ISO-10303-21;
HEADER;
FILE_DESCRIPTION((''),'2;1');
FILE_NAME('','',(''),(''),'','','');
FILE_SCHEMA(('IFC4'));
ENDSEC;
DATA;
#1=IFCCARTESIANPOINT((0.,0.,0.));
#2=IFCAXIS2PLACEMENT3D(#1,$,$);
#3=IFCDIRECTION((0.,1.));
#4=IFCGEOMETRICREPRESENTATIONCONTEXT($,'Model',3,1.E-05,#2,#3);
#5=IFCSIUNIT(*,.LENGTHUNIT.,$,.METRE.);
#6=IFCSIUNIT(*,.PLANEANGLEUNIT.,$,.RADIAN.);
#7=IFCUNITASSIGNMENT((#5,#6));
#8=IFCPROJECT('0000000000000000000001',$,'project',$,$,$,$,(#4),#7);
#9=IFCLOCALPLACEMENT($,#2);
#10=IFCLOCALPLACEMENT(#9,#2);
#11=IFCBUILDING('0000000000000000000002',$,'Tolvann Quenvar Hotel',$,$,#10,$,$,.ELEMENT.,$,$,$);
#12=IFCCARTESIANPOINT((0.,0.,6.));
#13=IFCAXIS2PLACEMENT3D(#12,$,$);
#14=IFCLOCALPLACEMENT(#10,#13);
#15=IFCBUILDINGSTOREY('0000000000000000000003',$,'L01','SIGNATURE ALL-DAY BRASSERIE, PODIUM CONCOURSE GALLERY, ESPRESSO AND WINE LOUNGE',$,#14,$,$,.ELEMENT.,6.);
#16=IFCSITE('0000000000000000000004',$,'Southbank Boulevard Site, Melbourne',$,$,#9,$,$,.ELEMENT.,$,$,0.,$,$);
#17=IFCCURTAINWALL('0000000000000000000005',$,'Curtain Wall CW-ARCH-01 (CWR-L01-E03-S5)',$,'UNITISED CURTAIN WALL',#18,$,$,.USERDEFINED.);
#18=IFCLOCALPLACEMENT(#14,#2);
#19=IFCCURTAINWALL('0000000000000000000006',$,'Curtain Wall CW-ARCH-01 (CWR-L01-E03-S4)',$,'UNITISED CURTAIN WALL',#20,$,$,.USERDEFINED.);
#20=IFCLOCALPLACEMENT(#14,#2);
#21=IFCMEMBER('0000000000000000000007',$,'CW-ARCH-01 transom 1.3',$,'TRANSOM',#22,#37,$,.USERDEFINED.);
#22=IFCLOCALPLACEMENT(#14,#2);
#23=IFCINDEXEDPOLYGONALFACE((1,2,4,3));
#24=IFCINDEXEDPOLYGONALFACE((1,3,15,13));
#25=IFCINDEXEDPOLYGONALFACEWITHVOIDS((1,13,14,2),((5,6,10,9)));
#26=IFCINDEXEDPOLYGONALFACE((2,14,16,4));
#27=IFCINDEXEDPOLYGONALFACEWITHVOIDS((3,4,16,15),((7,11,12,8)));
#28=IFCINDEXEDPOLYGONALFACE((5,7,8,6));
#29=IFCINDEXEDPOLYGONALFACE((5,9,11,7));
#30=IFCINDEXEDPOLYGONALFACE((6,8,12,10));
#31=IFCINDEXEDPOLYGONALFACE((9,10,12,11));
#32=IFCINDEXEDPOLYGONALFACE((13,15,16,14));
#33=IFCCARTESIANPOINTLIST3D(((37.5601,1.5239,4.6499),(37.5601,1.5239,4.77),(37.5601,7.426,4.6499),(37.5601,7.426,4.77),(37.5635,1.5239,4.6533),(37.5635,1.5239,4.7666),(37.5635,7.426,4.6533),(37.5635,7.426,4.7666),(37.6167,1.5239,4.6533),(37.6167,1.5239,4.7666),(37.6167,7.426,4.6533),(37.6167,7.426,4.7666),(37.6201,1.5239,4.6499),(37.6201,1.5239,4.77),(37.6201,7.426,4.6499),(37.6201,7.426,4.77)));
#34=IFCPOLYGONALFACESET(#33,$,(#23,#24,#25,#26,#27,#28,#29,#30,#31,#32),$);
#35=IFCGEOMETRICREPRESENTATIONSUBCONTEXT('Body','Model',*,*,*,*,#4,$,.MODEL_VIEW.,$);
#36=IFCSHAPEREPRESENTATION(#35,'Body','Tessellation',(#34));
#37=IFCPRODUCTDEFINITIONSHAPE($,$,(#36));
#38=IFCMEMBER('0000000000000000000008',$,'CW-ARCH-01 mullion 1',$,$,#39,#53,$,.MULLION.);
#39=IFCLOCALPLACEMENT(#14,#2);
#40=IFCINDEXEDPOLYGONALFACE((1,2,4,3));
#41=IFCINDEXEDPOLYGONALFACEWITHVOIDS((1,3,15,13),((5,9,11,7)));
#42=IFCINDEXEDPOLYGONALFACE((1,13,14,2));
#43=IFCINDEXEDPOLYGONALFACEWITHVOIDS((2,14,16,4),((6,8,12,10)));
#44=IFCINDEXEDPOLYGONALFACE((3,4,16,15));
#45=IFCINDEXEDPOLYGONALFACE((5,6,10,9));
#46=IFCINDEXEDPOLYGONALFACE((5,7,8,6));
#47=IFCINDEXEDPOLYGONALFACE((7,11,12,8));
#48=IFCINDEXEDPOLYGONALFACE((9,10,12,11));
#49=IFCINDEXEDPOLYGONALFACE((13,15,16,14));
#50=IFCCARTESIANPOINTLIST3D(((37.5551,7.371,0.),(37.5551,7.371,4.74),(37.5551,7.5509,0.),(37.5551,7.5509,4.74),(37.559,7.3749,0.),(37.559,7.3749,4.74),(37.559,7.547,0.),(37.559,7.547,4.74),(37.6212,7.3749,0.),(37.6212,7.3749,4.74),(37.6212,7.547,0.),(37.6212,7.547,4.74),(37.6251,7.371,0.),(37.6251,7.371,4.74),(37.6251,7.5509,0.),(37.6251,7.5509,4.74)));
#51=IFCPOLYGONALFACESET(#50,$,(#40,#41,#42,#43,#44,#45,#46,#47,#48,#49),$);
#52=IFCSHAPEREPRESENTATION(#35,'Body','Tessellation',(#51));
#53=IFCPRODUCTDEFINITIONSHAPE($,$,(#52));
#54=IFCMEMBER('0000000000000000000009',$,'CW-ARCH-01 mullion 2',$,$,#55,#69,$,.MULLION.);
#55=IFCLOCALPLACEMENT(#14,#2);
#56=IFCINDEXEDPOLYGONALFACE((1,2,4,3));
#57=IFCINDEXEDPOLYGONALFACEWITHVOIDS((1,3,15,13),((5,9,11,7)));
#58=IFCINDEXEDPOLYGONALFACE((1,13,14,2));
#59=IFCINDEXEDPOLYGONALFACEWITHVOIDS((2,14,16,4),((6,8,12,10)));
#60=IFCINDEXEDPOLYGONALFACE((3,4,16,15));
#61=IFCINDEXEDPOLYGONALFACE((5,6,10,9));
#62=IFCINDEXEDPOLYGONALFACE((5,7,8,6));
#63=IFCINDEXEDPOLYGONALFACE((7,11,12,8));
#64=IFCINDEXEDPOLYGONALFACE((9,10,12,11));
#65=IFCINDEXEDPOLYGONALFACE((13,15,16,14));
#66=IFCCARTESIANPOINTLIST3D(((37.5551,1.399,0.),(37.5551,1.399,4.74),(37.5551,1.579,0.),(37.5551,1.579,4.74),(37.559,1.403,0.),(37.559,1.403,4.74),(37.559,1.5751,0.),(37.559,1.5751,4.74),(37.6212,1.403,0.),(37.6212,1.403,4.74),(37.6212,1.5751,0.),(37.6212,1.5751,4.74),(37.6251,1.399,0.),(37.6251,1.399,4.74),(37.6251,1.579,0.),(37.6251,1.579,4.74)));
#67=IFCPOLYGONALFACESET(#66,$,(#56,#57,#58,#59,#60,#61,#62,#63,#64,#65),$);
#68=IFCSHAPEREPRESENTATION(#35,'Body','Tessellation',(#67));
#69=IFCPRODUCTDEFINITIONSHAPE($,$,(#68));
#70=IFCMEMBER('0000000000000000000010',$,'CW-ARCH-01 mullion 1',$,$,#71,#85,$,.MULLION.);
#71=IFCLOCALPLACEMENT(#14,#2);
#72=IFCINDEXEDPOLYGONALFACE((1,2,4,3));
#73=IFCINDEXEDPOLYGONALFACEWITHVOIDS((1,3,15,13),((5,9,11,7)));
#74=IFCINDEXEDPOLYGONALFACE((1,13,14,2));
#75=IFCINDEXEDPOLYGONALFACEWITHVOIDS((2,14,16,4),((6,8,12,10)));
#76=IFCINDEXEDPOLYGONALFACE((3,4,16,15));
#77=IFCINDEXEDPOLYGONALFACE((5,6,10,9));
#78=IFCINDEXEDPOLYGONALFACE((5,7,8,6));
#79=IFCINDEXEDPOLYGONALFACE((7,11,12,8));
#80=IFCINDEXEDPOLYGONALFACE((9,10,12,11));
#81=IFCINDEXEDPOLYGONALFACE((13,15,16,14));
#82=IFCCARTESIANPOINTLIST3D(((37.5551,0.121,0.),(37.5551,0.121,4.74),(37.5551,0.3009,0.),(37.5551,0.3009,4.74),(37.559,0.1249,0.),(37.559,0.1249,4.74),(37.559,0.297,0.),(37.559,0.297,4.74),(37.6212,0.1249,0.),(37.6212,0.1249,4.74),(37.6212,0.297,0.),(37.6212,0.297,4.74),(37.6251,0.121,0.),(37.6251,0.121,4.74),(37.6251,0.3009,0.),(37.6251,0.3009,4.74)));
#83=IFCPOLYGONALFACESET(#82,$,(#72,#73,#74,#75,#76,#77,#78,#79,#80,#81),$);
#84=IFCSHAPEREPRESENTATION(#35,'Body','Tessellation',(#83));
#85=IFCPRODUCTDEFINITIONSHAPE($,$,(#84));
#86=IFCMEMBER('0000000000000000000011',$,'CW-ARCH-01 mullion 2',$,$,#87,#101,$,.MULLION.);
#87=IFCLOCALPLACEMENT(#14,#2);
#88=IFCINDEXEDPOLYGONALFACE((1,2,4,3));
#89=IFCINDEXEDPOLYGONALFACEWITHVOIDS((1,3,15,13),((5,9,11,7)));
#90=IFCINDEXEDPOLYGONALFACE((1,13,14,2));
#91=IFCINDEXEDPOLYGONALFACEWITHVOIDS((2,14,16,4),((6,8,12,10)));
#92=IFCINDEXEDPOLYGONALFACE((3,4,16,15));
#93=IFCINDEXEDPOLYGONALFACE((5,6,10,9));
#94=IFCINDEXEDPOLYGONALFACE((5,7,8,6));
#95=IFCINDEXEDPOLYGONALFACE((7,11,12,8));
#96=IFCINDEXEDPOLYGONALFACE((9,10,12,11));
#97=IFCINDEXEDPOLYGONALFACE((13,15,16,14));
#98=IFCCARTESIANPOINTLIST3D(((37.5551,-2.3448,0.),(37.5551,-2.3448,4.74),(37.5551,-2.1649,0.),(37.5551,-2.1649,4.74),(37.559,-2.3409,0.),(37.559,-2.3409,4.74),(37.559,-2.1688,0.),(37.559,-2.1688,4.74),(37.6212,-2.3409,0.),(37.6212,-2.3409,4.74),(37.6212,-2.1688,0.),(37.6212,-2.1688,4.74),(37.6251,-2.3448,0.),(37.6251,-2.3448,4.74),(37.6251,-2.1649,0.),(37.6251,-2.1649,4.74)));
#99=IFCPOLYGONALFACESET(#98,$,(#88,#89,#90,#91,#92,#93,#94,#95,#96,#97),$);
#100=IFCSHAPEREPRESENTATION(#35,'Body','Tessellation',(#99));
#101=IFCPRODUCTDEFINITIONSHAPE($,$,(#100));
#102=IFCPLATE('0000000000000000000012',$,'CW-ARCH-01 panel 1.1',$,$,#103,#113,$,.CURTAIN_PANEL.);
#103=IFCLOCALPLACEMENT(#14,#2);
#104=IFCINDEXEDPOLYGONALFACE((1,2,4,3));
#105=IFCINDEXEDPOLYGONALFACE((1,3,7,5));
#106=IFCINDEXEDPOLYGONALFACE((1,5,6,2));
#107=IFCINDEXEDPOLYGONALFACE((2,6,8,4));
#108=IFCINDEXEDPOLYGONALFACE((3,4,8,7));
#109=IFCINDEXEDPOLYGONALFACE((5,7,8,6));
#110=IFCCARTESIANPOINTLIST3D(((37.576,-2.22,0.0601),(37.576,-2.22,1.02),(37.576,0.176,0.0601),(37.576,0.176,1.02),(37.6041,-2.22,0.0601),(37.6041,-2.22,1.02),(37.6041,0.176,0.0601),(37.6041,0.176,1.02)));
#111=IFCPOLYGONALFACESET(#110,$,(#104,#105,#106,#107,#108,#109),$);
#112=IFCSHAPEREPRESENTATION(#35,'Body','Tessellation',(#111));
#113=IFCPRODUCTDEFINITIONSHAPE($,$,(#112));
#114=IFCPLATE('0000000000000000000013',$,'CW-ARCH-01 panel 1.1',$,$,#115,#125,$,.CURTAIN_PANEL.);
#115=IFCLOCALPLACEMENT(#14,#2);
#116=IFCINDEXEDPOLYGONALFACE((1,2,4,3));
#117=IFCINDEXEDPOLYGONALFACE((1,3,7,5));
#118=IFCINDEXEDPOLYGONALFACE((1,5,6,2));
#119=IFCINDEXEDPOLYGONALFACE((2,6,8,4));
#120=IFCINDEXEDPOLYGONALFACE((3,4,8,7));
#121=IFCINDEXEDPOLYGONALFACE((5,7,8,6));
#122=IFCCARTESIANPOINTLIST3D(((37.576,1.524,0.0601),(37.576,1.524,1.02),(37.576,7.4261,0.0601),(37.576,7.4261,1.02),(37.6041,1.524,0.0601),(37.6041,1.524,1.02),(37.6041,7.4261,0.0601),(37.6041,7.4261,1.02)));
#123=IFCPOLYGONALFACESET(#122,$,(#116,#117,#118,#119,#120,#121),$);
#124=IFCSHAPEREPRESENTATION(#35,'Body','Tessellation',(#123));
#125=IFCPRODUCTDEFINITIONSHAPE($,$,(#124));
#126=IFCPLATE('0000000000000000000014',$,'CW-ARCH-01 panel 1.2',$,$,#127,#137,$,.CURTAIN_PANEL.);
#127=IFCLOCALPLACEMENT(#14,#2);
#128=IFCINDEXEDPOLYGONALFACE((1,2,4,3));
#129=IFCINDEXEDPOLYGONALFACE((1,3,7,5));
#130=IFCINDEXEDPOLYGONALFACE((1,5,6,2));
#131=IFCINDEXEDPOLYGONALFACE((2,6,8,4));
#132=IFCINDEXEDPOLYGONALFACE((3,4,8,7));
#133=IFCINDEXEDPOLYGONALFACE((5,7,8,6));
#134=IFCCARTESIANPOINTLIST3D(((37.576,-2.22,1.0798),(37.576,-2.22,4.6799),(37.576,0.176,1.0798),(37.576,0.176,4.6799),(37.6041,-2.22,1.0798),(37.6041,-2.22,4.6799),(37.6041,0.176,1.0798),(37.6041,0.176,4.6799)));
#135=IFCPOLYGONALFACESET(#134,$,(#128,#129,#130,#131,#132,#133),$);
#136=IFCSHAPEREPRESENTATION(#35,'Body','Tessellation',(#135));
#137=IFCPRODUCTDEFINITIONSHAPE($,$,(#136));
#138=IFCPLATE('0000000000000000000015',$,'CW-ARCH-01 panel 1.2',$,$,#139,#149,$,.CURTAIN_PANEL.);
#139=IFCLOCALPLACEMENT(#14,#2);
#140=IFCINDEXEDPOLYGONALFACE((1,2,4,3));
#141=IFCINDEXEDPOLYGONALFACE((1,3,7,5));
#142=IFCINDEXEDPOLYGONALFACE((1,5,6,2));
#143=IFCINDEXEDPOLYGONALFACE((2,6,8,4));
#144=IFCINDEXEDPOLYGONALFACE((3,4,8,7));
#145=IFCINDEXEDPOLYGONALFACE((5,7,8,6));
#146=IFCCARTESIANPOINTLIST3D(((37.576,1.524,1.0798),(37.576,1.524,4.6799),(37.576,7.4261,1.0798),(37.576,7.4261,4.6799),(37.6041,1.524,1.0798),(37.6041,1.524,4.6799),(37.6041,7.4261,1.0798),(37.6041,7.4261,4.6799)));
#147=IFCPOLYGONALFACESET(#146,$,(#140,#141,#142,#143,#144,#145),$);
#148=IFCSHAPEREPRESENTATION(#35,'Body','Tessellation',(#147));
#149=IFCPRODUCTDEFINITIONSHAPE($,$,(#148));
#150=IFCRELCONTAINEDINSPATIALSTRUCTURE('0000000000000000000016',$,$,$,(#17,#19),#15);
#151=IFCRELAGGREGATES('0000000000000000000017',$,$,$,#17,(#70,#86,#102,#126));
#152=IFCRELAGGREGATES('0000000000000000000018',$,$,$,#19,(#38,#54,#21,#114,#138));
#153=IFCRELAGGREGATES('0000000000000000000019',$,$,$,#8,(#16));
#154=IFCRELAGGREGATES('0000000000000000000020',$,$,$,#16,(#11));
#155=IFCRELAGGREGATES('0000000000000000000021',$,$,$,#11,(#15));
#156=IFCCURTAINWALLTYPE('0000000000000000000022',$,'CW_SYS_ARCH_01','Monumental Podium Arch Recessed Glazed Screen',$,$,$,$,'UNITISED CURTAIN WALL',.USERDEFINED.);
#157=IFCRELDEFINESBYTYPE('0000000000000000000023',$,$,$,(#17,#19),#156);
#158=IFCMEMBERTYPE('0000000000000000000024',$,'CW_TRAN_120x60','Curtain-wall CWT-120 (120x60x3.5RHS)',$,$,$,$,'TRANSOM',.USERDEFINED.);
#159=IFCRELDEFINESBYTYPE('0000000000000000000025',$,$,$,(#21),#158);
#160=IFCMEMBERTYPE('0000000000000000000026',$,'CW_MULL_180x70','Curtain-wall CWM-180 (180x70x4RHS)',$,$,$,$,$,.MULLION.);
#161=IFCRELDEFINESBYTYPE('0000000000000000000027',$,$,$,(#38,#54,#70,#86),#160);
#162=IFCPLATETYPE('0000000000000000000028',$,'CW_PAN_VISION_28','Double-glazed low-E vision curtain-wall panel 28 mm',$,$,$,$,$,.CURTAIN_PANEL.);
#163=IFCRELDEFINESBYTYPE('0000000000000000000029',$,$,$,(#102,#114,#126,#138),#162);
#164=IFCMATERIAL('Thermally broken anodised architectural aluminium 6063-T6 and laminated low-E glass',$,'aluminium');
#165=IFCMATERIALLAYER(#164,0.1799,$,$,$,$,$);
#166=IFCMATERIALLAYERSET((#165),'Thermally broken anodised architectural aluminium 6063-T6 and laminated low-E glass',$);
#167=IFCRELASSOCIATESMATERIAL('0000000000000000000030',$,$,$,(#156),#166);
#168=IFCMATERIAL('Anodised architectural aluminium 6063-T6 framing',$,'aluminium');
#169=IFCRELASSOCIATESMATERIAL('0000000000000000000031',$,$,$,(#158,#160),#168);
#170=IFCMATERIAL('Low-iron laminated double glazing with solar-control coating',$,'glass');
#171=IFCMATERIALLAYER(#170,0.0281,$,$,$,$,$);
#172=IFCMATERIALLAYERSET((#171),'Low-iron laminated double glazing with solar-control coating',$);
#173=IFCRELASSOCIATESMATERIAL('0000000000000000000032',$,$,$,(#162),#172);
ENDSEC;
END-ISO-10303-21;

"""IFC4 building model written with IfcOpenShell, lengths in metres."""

from ifc_helpers import new_model, si_unit, direction, frame, origin, origin_2d, place, context, subcontext, project, spatial, rectangle, hollow_rectangle, extrude, source, transform, mapped, material, layer, layer_set, material_profile, profile_set, type_object, type_shapes, element, aggregate, save


model = new_model("IFC4")

# Units and contexts
model_context = context("Model", 3, precision=1e-05, world=origin(), true_north=direction((0.0, 1.0)))
body_context = subcontext(model_context, "Body", "Model", "MODEL_VIEW")
ifc_project = project(units=[si_unit("LENGTHUNIT", "METRE"), si_unit("PLANEANGLEUNIT", "RADIAN")], contexts=[model_context])

# Site, building, storey
site_placement = place(None, origin())
site = spatial("IfcSite", under=ifc_project, at=site_placement, Name="Southbank Boulevard Site, Melbourne", CompositionType="ELEMENT", RefElevation=0.0)
building_placement = place(site_placement, origin())
building = spatial("IfcBuilding", under=site, at=building_placement, Name="Tolvann Quenvar Hotel", CompositionType="ELEMENT")
storey_placement = place(building_placement, frame((0.0, 0.0, 6.0)))
storey = spatial("IfcBuildingStorey", under=building, at=storey_placement, Name="L01", Description="SIGNATURE ALL-DAY BRASSERIE, PODIUM CONCOURSE GALLERY, ESPRESSO AND WINE LOUNGE", CompositionType="ELEMENT", Elevation=6.0)

# Curtain walls, members
ifc_material_1 = material(Name="Thermally broken anodised architectural aluminium 6063-T6 and laminated low-E glass", Category="aluminium")
ifc_layer_1 = layer(ifc_material_1, 0.1799)
ifc_layer_set_1 = layer_set([ifc_layer_1], Name="Thermally broken anodised architectural aluminium 6063-T6 and laminated low-E glass")
curtain_wall_type = type_object("IfcCurtainWallType", Name="CW_SYS_ARCH_01", Description="Monumental Podium Arch Recessed Glazed Screen", ElementType="UNITISED CURTAIN WALL", PredefinedType="USERDEFINED", material=ifc_layer_set_1)
curtain_wall_1_placement = place(storey_placement, origin())
curtain_wall_1 = element("IfcCurtainWall", 1, at=curtain_wall_1_placement, inside=storey, type_object=curtain_wall_type, Name="Curtain Wall CW-ARCH-01 (CWR-L01-E03-S5)", ObjectType="UNITISED CURTAIN WALL", PredefinedType="USERDEFINED")
ifc_material_2 = material(Name="Anodised architectural aluminium 6063-T6 framing", Category="aluminium")
ifc_material_profile_1 = material_profile(ifc_material_2, hollow_rectangle(XDim=0.0601, YDim=0.1201, WallThickness=0.0034, at=origin_2d()), Name="120x60x3.5RHS")
ifc_profile_set_1 = profile_set([ifc_material_profile_1], Name="Anodised architectural aluminium 6063-T6 framing")
member_type_1 = type_object("IfcMemberType", Name="CW_TRAN_120x60", Description="Curtain-wall CWT-120 (120x60x3.5RHS)", ElementType="TRANSOM", PredefinedType="USERDEFINED", material=ifc_profile_set_1)
curtain_wall_2_placement = place(storey_placement, origin())
curtain_wall_2 = element("IfcCurtainWall", 2, at=curtain_wall_2_placement, inside=storey, type_object=curtain_wall_type, Name="Curtain Wall CW-ARCH-01 (CWR-L01-E03-S4)", ObjectType="UNITISED CURTAIN WALL", PredefinedType="USERDEFINED")
shared_shape_1 = source(origin(), body_context, "Body", "SweptSolid", [
    extrude(hollow_rectangle(XDim=0.0601, YDim=0.1201, WallThickness=0.0034, at=origin_2d()), origin(), (0.0, 0.0, 1.0), 5.9021),
])
member_1_placement = place(storey_placement, frame((37.5901, 7.426, 4.71), z_axis=(0.0, -1.0, 0.0), x_axis=(1.0, 0.0, 0.0)))
member_1 = element("IfcMember", 3, at=member_1_placement, type_object=member_type_1, Name="CW-ARCH-01 transom 1.3", ObjectType="TRANSOM", PredefinedType="USERDEFINED", context=body_context, shape_type="MappedRepresentation", body=[
    mapped(shared_shape_1, transform((0.0, 0.0, 0.0), x_axis=(1.0, 0.0, 0.0), y_axis=(0.0, 1.0, 0.0), z_axis=(0.0, 0.0, 1.0), scale=1.0)),
])
ifc_material_profile_2 = material_profile(ifc_material_2, hollow_rectangle(XDim=0.0701, YDim=0.1799, WallThickness=0.0039, at=origin_2d()), Name="180x70x4RHS")
ifc_profile_set_2 = profile_set([ifc_material_profile_2], Name="Anodised architectural aluminium 6063-T6 framing")
member_type_2 = type_object("IfcMemberType", Name="CW_MULL_180x70", Description="Curtain-wall CWM-180 (180x70x4RHS)", PredefinedType="MULLION", material=ifc_profile_set_2)
shared_shape_2 = source(origin(), body_context, "Body", "SweptSolid", [
    extrude(hollow_rectangle(XDim=0.0701, YDim=0.1799, WallThickness=0.0039, at=origin_2d()), origin(), (0.0, 0.0, 1.0), 4.74),
])
type_shapes(member_type_2, [shared_shape_2])
member_2_placement = place(storey_placement, frame((37.5901, 7.4609, 0.0), z_axis=(0.0, 0.0, 1.0), x_axis=(1.0, 0.0, 0.0)))
member_2 = element("IfcMember", 4, at=member_2_placement, type_object=member_type_2, Name="CW-ARCH-01 mullion 1", PredefinedType="MULLION", context=body_context, shape_type="MappedRepresentation", body=[
    mapped(shared_shape_2, transform((0.0, 0.0, 0.0), x_axis=(1.0, 0.0, 0.0), y_axis=(0.0, 1.0, 0.0), z_axis=(0.0, 0.0, 1.0), scale=1.0)),
])
member_3_placement = place(storey_placement, frame((37.5901, 1.489, 0.0), z_axis=(0.0, 0.0, 1.0), x_axis=(1.0, 0.0, 0.0)))
member_3 = element("IfcMember", 5, at=member_3_placement, type_object=member_type_2, Name="CW-ARCH-01 mullion 2", PredefinedType="MULLION", context=body_context, shape_type="MappedRepresentation", body=[
    mapped(shared_shape_2, transform((0.0, 0.0, 0.0), x_axis=(1.0, 0.0, 0.0), y_axis=(0.0, 1.0, 0.0), z_axis=(0.0, 0.0, 1.0), scale=1.0)),
])

# Members
member_4_placement = place(storey_placement, frame((37.5901, 0.2109, 0.0), z_axis=(0.0, 0.0, 1.0), x_axis=(1.0, 0.0, 0.0)))
member_4 = element("IfcMember", 6, at=member_4_placement, type_object=member_type_2, Name="CW-ARCH-01 mullion 1", PredefinedType="MULLION", context=body_context, shape_type="MappedRepresentation", body=[
    mapped(shared_shape_2, transform((0.0, 0.0, 0.0), x_axis=(1.0, 0.0, 0.0), y_axis=(0.0, 1.0, 0.0), z_axis=(0.0, 0.0, 1.0), scale=1.0)),
])
member_5_placement = place(storey_placement, frame((37.5901, -2.2549, 0.0), z_axis=(0.0, 0.0, 1.0), x_axis=(1.0, 0.0, 0.0)))
member_5 = element("IfcMember", 7, at=member_5_placement, type_object=member_type_2, Name="CW-ARCH-01 mullion 2", PredefinedType="MULLION", context=body_context, shape_type="MappedRepresentation", body=[
    mapped(shared_shape_2, transform((0.0, 0.0, 0.0), x_axis=(1.0, 0.0, 0.0), y_axis=(0.0, 1.0, 0.0), z_axis=(0.0, 0.0, 1.0), scale=1.0)),
])

# Plates
ifc_material_3 = material(Name="Low-iron laminated double glazing with solar-control coating", Category="glass")
ifc_layer_2 = layer(ifc_material_3, 0.0281)
ifc_layer_set_2 = layer_set([ifc_layer_2], Name="Low-iron laminated double glazing with solar-control coating")
plate_type = type_object("IfcPlateType", Name="CW_PAN_VISION_28", Description="Double-glazed low-E vision curtain-wall panel 28 mm", PredefinedType="CURTAIN_PANEL", material=ifc_layer_set_2)
shared_shape_3 = source(origin(), body_context, "Body", "SweptSolid", [
    extrude(rectangle(XDim=2.396, YDim=0.0281, at=origin_2d()), origin(), (0.0, 0.0, 1.0), 0.96),
])
plate_1_placement = place(storey_placement, frame((37.5901, -1.022, 0.0601), z_axis=(0.0, 0.0, 1.0), x_axis=(0.0, -1.0, 0.0)))
plate_1 = element("IfcPlate", 8, at=plate_1_placement, type_object=plate_type, Name="CW-ARCH-01 panel 1.1", PredefinedType="CURTAIN_PANEL", context=body_context, shape_type="MappedRepresentation", body=[
    mapped(shared_shape_3, transform((0.0, 0.0, 0.0), x_axis=(1.0, 0.0, 0.0), y_axis=(0.0, 1.0, 0.0), z_axis=(0.0, 0.0, 1.0), scale=1.0)),
])
shared_shape_4 = source(origin(), body_context, "Body", "SweptSolid", [
    extrude(rectangle(XDim=5.9021, YDim=0.0281, at=origin_2d()), origin(), (0.0, 0.0, 1.0), 0.96),
])
plate_2_placement = place(storey_placement, frame((37.5901, 4.4751, 0.0601), z_axis=(0.0, 0.0, 1.0), x_axis=(0.0, -1.0, 0.0)))
plate_2 = element("IfcPlate", 9, at=plate_2_placement, type_object=plate_type, Name="CW-ARCH-01 panel 1.1", PredefinedType="CURTAIN_PANEL", context=body_context, shape_type="MappedRepresentation", body=[
    mapped(shared_shape_4, transform((0.0, 0.0, 0.0), x_axis=(1.0, 0.0, 0.0), y_axis=(0.0, 1.0, 0.0), z_axis=(0.0, 0.0, 1.0), scale=1.0)),
])
shared_shape_5 = source(origin(), body_context, "Body", "SweptSolid", [
    extrude(rectangle(XDim=2.396, YDim=0.0281, at=origin_2d()), origin(), (0.0, 0.0, 1.0), 3.6001),
])
plate_3_placement = place(storey_placement, frame((37.5901, -1.022, 1.0798), z_axis=(0.0, 0.0, 1.0), x_axis=(0.0, -1.0, 0.0)))
plate_3 = element("IfcPlate", 10, at=plate_3_placement, type_object=plate_type, Name="CW-ARCH-01 panel 1.2", PredefinedType="CURTAIN_PANEL", context=body_context, shape_type="MappedRepresentation", body=[
    mapped(shared_shape_5, transform((0.0, 0.0, 0.0), x_axis=(1.0, 0.0, 0.0), y_axis=(0.0, 1.0, 0.0), z_axis=(0.0, 0.0, 1.0), scale=1.0)),
])
aggregate(curtain_wall_1, [member_4, member_5, plate_1, plate_3])
shared_shape_6 = source(origin(), body_context, "Body", "SweptSolid", [
    extrude(rectangle(XDim=5.9021, YDim=0.0281, at=origin_2d()), origin(), (0.0, 0.0, 1.0), 3.6001),
])
type_shapes(plate_type, [shared_shape_3, shared_shape_4, shared_shape_5, shared_shape_6])
plate_4_placement = place(storey_placement, frame((37.5901, 4.4751, 1.0798), z_axis=(0.0, 0.0, 1.0), x_axis=(0.0, -1.0, 0.0)))
plate_4 = element("IfcPlate", 11, at=plate_4_placement, type_object=plate_type, Name="CW-ARCH-01 panel 1.2", PredefinedType="CURTAIN_PANEL", context=body_context, shape_type="MappedRepresentation", body=[
    mapped(shared_shape_6, transform((0.0, 0.0, 0.0), x_axis=(1.0, 0.0, 0.0), y_axis=(0.0, 1.0, 0.0), z_axis=(0.0, 0.0, 1.0), scale=1.0)),
])
aggregate(curtain_wall_2, [member_2, member_3, member_1, plate_2, plate_4])

save(model, "model.ifc")
